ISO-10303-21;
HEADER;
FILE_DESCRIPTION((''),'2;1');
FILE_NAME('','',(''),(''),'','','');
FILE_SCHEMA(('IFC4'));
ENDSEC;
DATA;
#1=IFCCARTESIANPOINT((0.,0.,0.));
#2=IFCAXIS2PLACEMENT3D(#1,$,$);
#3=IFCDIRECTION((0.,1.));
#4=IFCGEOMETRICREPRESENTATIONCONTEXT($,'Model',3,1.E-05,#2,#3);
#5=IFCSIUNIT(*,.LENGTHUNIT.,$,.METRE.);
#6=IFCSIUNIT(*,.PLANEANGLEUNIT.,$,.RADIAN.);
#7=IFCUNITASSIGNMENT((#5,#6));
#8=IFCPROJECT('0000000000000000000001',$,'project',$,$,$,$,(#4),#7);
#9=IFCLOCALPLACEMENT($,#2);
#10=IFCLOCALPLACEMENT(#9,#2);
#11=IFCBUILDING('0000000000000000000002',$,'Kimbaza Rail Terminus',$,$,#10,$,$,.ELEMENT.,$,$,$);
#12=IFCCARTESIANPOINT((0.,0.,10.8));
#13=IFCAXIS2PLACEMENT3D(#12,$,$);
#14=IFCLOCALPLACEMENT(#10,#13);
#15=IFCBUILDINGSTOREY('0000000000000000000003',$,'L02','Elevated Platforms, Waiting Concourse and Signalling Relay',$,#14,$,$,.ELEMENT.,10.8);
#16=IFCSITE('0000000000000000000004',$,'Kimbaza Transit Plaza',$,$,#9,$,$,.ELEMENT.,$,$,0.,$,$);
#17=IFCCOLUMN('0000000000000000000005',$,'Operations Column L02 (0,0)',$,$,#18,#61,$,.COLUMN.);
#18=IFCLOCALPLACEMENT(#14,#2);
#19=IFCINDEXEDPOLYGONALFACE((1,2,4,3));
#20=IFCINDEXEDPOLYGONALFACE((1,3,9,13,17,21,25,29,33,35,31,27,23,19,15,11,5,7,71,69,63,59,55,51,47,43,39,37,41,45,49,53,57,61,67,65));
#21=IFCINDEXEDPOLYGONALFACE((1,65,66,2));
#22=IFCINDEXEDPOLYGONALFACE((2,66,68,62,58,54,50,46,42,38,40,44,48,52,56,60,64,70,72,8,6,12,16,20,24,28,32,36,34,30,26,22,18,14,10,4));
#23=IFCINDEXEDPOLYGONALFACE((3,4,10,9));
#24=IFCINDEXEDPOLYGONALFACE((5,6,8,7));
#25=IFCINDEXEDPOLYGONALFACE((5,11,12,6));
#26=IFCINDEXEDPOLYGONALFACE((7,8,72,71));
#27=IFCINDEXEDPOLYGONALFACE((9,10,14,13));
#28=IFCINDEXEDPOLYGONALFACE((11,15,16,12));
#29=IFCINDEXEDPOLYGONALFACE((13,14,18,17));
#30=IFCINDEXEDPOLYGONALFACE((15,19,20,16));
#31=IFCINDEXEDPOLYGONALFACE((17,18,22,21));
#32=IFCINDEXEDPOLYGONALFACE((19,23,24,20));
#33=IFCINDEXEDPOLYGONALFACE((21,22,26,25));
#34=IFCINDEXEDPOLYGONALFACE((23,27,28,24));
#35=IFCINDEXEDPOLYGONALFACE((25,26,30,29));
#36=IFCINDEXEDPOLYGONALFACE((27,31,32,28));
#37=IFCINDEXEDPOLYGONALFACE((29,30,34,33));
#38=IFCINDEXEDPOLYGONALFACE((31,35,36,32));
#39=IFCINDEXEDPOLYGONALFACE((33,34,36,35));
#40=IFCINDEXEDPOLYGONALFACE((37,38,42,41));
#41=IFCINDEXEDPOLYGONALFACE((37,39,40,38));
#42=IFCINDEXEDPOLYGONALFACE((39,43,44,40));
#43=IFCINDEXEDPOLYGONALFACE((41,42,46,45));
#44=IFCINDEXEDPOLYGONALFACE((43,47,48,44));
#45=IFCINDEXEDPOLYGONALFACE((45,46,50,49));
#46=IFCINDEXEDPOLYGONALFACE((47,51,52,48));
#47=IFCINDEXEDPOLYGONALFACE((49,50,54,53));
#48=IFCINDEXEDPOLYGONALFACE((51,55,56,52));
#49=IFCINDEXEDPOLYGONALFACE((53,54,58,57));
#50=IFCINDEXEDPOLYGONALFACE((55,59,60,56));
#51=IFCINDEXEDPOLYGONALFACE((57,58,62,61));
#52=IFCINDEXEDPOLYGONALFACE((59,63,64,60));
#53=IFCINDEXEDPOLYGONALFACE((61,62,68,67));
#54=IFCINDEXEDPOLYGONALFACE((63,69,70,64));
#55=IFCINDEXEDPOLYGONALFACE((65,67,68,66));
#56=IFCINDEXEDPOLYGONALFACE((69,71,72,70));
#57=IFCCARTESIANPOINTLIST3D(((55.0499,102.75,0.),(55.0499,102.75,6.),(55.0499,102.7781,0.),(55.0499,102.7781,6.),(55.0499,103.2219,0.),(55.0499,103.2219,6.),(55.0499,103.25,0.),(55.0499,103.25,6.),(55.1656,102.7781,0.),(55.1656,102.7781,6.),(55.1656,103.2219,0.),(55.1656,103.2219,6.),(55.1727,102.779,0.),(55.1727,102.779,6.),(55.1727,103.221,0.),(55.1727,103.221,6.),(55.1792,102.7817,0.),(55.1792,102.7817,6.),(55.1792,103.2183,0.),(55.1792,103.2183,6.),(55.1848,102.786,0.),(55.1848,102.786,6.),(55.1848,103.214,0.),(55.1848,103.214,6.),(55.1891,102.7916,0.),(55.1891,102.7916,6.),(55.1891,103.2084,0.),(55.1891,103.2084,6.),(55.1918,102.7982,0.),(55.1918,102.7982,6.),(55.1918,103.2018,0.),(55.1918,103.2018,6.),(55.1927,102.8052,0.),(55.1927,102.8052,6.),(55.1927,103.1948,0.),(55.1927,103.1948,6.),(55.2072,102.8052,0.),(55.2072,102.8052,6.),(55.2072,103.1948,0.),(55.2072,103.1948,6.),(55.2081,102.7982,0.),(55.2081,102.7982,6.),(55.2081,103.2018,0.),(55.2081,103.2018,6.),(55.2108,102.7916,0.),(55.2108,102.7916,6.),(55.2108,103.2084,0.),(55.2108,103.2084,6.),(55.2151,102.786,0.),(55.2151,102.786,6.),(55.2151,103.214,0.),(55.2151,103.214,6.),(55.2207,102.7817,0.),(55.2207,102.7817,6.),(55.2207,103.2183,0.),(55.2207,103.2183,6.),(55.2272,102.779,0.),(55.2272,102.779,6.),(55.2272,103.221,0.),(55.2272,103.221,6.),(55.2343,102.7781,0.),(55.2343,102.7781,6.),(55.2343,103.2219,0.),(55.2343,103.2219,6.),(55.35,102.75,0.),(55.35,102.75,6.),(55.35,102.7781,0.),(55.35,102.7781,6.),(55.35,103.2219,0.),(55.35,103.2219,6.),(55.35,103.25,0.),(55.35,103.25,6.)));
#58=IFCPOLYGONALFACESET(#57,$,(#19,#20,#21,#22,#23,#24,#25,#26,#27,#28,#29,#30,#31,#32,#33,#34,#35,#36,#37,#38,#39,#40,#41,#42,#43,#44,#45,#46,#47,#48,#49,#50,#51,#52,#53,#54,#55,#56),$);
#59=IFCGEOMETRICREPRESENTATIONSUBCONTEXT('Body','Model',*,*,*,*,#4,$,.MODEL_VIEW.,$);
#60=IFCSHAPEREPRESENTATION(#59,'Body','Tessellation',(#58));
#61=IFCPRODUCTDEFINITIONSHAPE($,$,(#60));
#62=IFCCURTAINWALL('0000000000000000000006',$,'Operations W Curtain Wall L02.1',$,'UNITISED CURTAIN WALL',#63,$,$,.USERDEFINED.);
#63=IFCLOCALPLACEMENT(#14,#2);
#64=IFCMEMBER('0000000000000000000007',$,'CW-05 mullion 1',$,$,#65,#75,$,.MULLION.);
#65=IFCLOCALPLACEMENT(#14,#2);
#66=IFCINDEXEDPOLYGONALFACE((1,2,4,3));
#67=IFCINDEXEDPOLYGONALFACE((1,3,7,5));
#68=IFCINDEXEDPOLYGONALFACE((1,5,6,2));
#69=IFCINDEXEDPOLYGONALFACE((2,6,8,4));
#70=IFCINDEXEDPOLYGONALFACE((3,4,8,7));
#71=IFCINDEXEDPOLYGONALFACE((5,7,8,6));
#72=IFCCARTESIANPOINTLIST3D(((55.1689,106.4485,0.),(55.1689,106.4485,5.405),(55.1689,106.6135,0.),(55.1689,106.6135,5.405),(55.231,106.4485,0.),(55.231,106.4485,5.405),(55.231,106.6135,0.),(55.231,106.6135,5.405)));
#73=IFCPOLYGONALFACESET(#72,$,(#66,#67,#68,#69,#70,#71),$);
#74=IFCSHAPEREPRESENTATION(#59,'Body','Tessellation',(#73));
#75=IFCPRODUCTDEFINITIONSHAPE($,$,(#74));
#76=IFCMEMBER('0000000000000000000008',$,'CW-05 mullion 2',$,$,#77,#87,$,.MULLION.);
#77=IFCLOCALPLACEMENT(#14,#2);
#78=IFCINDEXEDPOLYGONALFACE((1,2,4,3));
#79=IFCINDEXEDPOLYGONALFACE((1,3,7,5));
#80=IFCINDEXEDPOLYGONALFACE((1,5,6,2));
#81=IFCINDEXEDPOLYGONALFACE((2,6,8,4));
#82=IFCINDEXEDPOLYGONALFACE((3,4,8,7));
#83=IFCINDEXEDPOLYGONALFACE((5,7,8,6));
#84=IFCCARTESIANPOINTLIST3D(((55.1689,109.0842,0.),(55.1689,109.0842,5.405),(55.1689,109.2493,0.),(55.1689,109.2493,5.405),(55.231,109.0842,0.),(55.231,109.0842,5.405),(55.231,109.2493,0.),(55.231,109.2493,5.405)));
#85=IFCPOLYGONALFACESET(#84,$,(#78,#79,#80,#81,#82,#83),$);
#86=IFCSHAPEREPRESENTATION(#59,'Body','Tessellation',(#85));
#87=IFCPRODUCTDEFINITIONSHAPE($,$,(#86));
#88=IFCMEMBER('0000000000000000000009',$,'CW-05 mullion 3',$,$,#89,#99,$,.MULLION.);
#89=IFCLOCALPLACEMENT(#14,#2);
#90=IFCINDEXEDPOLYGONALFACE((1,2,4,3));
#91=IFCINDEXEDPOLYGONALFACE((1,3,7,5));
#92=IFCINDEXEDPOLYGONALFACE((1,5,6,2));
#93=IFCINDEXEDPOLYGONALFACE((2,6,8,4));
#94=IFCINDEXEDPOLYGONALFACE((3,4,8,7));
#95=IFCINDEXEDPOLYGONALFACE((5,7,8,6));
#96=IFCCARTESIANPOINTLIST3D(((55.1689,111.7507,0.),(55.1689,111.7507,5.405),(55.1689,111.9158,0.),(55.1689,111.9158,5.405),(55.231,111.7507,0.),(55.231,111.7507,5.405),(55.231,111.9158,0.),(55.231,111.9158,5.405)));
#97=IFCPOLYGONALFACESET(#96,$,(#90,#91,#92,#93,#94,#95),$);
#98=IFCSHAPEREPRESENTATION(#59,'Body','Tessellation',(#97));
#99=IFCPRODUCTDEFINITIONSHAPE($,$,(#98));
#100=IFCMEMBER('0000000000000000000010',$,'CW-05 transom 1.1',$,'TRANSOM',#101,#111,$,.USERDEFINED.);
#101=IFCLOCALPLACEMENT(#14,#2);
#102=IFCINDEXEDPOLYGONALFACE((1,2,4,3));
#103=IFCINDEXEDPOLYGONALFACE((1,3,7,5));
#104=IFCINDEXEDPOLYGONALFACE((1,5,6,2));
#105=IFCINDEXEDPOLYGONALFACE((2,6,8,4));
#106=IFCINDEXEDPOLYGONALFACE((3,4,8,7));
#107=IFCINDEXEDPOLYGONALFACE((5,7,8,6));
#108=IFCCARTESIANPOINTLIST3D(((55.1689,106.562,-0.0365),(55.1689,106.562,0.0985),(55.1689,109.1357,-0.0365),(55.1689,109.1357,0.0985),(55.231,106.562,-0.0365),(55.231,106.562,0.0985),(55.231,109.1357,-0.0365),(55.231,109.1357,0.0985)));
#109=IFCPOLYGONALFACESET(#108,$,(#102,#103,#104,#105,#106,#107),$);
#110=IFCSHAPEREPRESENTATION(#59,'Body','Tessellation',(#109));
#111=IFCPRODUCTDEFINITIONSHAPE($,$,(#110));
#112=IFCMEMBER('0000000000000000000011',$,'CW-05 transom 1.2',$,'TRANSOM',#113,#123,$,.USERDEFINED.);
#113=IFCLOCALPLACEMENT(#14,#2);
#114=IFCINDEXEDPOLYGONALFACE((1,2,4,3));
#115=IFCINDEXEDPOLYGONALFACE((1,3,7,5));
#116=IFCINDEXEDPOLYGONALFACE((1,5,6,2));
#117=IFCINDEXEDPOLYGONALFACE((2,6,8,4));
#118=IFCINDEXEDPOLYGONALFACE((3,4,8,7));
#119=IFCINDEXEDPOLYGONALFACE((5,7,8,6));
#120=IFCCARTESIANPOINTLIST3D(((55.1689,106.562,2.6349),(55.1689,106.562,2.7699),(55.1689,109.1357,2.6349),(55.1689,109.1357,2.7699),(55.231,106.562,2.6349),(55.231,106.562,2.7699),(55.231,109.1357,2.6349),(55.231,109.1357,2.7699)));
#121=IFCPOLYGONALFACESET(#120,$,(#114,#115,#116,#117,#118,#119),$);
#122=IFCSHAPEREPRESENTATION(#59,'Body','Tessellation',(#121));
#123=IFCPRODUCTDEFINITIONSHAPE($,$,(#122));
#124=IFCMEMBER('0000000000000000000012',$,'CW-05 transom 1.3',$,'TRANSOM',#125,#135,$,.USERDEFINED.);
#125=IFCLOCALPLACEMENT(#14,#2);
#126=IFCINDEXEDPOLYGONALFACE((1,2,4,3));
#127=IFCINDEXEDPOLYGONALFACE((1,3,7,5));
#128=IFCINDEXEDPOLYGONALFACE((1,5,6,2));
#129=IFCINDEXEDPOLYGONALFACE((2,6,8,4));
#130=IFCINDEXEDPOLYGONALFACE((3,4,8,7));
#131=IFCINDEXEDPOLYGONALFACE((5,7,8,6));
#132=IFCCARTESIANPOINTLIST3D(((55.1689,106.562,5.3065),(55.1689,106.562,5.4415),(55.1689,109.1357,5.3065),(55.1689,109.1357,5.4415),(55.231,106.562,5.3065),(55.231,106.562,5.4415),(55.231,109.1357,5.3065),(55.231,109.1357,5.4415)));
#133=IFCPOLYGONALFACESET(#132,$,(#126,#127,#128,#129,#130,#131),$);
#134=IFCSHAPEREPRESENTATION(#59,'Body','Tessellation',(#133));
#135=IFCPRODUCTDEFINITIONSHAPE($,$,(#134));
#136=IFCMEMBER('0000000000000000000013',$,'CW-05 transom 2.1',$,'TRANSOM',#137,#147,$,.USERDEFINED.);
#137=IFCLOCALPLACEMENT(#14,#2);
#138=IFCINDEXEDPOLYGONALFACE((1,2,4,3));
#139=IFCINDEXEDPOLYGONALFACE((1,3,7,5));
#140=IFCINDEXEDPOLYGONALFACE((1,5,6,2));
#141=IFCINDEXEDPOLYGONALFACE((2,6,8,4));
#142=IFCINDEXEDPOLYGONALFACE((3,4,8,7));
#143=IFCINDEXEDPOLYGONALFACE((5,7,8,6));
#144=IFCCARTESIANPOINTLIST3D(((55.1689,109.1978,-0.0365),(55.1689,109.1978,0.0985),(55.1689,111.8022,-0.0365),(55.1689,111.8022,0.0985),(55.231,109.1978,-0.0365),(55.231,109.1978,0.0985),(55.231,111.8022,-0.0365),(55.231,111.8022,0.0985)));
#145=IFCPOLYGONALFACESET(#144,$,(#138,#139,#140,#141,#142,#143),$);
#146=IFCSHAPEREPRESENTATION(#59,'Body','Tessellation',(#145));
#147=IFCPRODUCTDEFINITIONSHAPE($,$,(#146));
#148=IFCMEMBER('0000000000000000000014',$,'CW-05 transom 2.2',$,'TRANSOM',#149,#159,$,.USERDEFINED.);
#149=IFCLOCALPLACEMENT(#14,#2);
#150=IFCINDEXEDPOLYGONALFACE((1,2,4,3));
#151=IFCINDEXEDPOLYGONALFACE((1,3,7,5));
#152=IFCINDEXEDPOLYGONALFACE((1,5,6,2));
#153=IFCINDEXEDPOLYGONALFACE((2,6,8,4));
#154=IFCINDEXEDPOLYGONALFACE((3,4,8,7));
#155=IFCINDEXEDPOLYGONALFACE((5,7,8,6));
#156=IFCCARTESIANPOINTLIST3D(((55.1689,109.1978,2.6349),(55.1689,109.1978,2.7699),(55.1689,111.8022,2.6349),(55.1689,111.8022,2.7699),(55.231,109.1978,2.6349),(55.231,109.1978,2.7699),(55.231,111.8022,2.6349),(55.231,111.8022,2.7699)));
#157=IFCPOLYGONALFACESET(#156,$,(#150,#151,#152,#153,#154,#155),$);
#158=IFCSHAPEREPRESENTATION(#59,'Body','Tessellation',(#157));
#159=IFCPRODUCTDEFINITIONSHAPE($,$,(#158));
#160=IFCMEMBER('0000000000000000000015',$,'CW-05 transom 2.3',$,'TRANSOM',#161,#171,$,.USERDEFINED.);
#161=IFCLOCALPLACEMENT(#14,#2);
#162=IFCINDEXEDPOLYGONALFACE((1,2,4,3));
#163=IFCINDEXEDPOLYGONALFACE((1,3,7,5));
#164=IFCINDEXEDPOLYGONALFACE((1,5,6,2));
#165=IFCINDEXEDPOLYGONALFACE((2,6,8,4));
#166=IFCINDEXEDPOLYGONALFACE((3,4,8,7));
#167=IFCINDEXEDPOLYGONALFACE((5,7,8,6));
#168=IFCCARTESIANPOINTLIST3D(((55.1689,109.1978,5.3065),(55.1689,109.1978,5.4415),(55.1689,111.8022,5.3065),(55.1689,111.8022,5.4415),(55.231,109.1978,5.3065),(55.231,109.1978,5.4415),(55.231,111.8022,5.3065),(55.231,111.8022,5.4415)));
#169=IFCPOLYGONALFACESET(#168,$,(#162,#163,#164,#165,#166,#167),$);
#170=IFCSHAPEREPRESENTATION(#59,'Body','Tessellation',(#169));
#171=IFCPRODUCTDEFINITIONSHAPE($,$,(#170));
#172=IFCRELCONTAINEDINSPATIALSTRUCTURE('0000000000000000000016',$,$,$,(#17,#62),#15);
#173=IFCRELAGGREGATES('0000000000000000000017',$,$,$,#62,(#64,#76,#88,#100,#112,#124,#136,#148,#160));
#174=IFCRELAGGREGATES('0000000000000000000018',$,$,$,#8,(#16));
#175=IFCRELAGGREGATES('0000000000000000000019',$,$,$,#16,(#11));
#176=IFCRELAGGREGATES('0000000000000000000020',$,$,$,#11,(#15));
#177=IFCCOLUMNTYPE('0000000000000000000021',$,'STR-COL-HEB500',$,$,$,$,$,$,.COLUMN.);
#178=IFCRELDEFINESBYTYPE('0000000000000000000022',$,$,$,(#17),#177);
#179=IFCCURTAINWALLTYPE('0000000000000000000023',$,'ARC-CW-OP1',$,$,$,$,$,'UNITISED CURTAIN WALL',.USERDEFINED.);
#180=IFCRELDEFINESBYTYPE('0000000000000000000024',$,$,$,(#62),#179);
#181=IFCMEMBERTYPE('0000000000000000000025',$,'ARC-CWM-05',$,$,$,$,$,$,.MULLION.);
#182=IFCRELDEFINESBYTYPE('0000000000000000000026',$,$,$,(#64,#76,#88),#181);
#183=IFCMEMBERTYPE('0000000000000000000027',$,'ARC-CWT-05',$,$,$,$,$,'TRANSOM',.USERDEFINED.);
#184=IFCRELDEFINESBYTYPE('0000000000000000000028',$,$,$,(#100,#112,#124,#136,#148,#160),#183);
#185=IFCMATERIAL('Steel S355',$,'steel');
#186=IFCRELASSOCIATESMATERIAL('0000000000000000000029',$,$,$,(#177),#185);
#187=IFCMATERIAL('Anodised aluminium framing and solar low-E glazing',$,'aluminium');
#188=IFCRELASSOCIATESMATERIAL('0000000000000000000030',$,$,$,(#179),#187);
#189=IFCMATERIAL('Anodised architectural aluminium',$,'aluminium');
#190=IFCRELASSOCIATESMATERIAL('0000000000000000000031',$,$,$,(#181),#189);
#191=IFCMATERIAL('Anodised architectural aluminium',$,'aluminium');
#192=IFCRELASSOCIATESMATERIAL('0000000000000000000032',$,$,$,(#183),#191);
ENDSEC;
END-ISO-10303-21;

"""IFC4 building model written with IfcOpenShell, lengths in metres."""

from ifc_helpers import new_model, si_unit, direction, frame, origin, origin_2d, place, context, subcontext, project, spatial, rectangle, i_section, extrude, material, material_profile, profile_set, type_object, element, aggregate, save


model = new_model("IFC4")

# Units and contexts
model_context = context("Model", 3, precision=1e-05, world=origin(), true_north=direction((0.0, 1.0)))
body_context = subcontext(model_context, "Body", "Model", "MODEL_VIEW")
ifc_project = project(units=[si_unit("LENGTHUNIT", "METRE"), si_unit("PLANEANGLEUNIT", "RADIAN")], contexts=[model_context])

# Site, building, storey
site_placement = place(None, origin())
site = spatial("IfcSite", under=ifc_project, at=site_placement, Name="Kimbaza Transit Plaza", CompositionType="ELEMENT", RefElevation=0.0)
building_placement = place(site_placement, origin())
building = spatial("IfcBuilding", under=site, at=building_placement, Name="Kimbaza Rail Terminus", CompositionType="ELEMENT")
storey_placement = place(building_placement, frame((0.0, 0.0, 10.8)))
storey = spatial("IfcBuildingStorey", under=building, at=storey_placement, Name="L02", Description="Elevated Platforms, Waiting Concourse and Signalling Relay", CompositionType="ELEMENT", Elevation=10.8)

# Column
ifc_material_1 = material(Name="Steel S355", Category="steel")
ifc_material_profile_1 = material_profile(ifc_material_1, i_section(OverallWidth=0.3, OverallDepth=0.5, WebThickness=0.0144, FlangeThickness=0.0281, FilletRadius=0.0271, at=origin_2d()), Name="HEB 500")
ifc_profile_set_1 = profile_set([ifc_material_profile_1], Name="Steel S355")
column_type = type_object("IfcColumnType", Name="STR-COL-HEB500", PredefinedType="COLUMN", material=ifc_profile_set_1)
column_placement = place(storey_placement, frame((55.2, 103.0, 0.0), z_axis=(0.0, 0.0, 1.0), x_axis=(1.0, 0.0, 0.0)))
element("IfcColumn", 1, at=column_placement, inside=storey, type_object=column_type, Name="Operations Column L02 (0,0)", PredefinedType="COLUMN", context=body_context, shape_type="SweptSolid", body=[
    extrude(i_section(OverallWidth=0.3, OverallDepth=0.5, WebThickness=0.0144, FlangeThickness=0.0281, FilletRadius=0.0271, at=origin_2d()), origin(), (0.0, 0.0, 1.0), 6.0),
])

# Curtain wall, members
ifc_material_2 = material(Name="Anodised aluminium framing and solar low-E glazing", Category="aluminium")
curtain_wall_type = type_object("IfcCurtainWallType", Name="ARC-CW-OP1", ElementType="UNITISED CURTAIN WALL", PredefinedType="USERDEFINED", material=ifc_material_2)
curtain_wall_placement = place(storey_placement, origin())
curtain_wall = element("IfcCurtainWall", 2, at=curtain_wall_placement, inside=storey, type_object=curtain_wall_type, Name="Operations W Curtain Wall L02.1", ObjectType="UNITISED CURTAIN WALL", PredefinedType="USERDEFINED")
ifc_material_3 = material(Name="Anodised architectural aluminium", Category="aluminium")
ifc_material_profile_2 = material_profile(ifc_material_3, rectangle(XDim=0.062, YDim=0.165, at=origin_2d()), Name="MULLION 62x165")
ifc_profile_set_2 = profile_set([ifc_material_profile_2], Name="Anodised architectural aluminium")
member_type_1 = type_object("IfcMemberType", Name="ARC-CWM-05", PredefinedType="MULLION", material=ifc_profile_set_2)
member_1_placement = place(storey_placement, frame((55.2, 106.531, 0.0), z_axis=(0.0, 0.0, 1.0), x_axis=(-1.0, 0.0, 0.0)))
member_1 = element("IfcMember", 3, at=member_1_placement, type_object=member_type_1, Name="CW-05 mullion 1", PredefinedType="MULLION", context=body_context, shape_type="SweptSolid", body=[
    extrude(rectangle(XDim=0.062, YDim=0.165, at=origin_2d()), origin(), (0.0, 0.0, 1.0), 5.405),
])
member_2_placement = place(storey_placement, frame((55.2, 109.1667, 0.0), z_axis=(0.0, 0.0, 1.0), x_axis=(-1.0, 0.0, 0.0)))
member_2 = element("IfcMember", 4, at=member_2_placement, type_object=member_type_1, Name="CW-05 mullion 2", PredefinedType="MULLION", context=body_context, shape_type="SweptSolid", body=[
    extrude(rectangle(XDim=0.062, YDim=0.165, at=origin_2d()), origin(), (0.0, 0.0, 1.0), 5.405),
])
member_3_placement = place(storey_placement, frame((55.2, 111.8333, 0.0), z_axis=(0.0, 0.0, 1.0), x_axis=(-1.0, 0.0, 0.0)))
member_3 = element("IfcMember", 5, at=member_3_placement, type_object=member_type_1, Name="CW-05 mullion 3", PredefinedType="MULLION", context=body_context, shape_type="SweptSolid", body=[
    extrude(rectangle(XDim=0.062, YDim=0.165, at=origin_2d()), origin(), (0.0, 0.0, 1.0), 5.405),
])
ifc_material_4 = material(Name="Anodised architectural aluminium", Category="aluminium")
ifc_material_profile_3 = material_profile(ifc_material_4, rectangle(XDim=0.062, YDim=0.135, at=origin_2d()), Name="TRANSOM 62x135")
ifc_profile_set_3 = profile_set([ifc_material_profile_3], Name="Anodised architectural aluminium")
member_type_2 = type_object("IfcMemberType", Name="ARC-CWT-05", ElementType="TRANSOM", PredefinedType="USERDEFINED", material=ifc_profile_set_3)
member_4_placement = place(storey_placement, frame((55.2, 106.562, 0.031), z_axis=(0.0, 1.0, 0.0), x_axis=(-1.0, 0.0, 0.0)))
member_4 = element("IfcMember", 6, at=member_4_placement, type_object=member_type_2, Name="CW-05 transom 1.1", ObjectType="TRANSOM", PredefinedType="USERDEFINED", context=body_context, shape_type="SweptSolid", body=[
    extrude(rectangle(XDim=0.062, YDim=0.135, at=origin_2d()), origin(), (0.0, 0.0, 1.0), 2.5737),
])
member_5_placement = place(storey_placement, frame((55.2, 106.562, 2.7024), z_axis=(0.0, 1.0, 0.0), x_axis=(-1.0, 0.0, 0.0)))
member_5 = element("IfcMember", 7, at=member_5_placement, type_object=member_type_2, Name="CW-05 transom 1.2", ObjectType="TRANSOM", PredefinedType="USERDEFINED", context=body_context, shape_type="SweptSolid", body=[
    extrude(rectangle(XDim=0.062, YDim=0.135, at=origin_2d()), origin(), (0.0, 0.0, 1.0), 2.5737),
])
member_6_placement = place(storey_placement, frame((55.2, 106.562, 5.374), z_axis=(0.0, 1.0, 0.0), x_axis=(-1.0, 0.0, 0.0)))
member_6 = element("IfcMember", 8, at=member_6_placement, type_object=member_type_2, Name="CW-05 transom 1.3", ObjectType="TRANSOM", PredefinedType="USERDEFINED", context=body_context, shape_type="SweptSolid", body=[
    extrude(rectangle(XDim=0.062, YDim=0.135, at=origin_2d()), origin(), (0.0, 0.0, 1.0), 2.5737),
])
member_7_placement = place(storey_placement, frame((55.2, 109.1978, 0.031), z_axis=(0.0, 1.0, 0.0), x_axis=(-1.0, 0.0, 0.0)))
member_7 = element("IfcMember", 9, at=member_7_placement, type_object=member_type_2, Name="CW-05 transom 2.1", ObjectType="TRANSOM", PredefinedType="USERDEFINED", context=body_context, shape_type="SweptSolid", body=[
    extrude(rectangle(XDim=0.062, YDim=0.135, at=origin_2d()), origin(), (0.0, 0.0, 1.0), 2.6045),
])
member_8_placement = place(storey_placement, frame((55.2, 109.1978, 2.7024), z_axis=(0.0, 1.0, 0.0), x_axis=(-1.0, 0.0, 0.0)))
member_8 = element("IfcMember", 10, at=member_8_placement, type_object=member_type_2, Name="CW-05 transom 2.2", ObjectType="TRANSOM", PredefinedType="USERDEFINED", context=body_context, shape_type="SweptSolid", body=[
    extrude(rectangle(XDim=0.062, YDim=0.135, at=origin_2d()), origin(), (0.0, 0.0, 1.0), 2.6045),
])
member_9_placement = place(storey_placement, frame((55.2, 109.1978, 5.374), z_axis=(0.0, 1.0, 0.0), x_axis=(-1.0, 0.0, 0.0)))
member_9 = element("IfcMember", 11, at=member_9_placement, type_object=member_type_2, Name="CW-05 transom 2.3", ObjectType="TRANSOM", PredefinedType="USERDEFINED", context=body_context, shape_type="SweptSolid", body=[
    extrude(rectangle(XDim=0.062, YDim=0.135, at=origin_2d()), origin(), (0.0, 0.0, 1.0), 2.6045),
])

aggregate(curtain_wall, [member_1, member_2, member_3, member_4, member_5, member_6, member_7, member_8, member_9])

save(model, "model.ifc")
